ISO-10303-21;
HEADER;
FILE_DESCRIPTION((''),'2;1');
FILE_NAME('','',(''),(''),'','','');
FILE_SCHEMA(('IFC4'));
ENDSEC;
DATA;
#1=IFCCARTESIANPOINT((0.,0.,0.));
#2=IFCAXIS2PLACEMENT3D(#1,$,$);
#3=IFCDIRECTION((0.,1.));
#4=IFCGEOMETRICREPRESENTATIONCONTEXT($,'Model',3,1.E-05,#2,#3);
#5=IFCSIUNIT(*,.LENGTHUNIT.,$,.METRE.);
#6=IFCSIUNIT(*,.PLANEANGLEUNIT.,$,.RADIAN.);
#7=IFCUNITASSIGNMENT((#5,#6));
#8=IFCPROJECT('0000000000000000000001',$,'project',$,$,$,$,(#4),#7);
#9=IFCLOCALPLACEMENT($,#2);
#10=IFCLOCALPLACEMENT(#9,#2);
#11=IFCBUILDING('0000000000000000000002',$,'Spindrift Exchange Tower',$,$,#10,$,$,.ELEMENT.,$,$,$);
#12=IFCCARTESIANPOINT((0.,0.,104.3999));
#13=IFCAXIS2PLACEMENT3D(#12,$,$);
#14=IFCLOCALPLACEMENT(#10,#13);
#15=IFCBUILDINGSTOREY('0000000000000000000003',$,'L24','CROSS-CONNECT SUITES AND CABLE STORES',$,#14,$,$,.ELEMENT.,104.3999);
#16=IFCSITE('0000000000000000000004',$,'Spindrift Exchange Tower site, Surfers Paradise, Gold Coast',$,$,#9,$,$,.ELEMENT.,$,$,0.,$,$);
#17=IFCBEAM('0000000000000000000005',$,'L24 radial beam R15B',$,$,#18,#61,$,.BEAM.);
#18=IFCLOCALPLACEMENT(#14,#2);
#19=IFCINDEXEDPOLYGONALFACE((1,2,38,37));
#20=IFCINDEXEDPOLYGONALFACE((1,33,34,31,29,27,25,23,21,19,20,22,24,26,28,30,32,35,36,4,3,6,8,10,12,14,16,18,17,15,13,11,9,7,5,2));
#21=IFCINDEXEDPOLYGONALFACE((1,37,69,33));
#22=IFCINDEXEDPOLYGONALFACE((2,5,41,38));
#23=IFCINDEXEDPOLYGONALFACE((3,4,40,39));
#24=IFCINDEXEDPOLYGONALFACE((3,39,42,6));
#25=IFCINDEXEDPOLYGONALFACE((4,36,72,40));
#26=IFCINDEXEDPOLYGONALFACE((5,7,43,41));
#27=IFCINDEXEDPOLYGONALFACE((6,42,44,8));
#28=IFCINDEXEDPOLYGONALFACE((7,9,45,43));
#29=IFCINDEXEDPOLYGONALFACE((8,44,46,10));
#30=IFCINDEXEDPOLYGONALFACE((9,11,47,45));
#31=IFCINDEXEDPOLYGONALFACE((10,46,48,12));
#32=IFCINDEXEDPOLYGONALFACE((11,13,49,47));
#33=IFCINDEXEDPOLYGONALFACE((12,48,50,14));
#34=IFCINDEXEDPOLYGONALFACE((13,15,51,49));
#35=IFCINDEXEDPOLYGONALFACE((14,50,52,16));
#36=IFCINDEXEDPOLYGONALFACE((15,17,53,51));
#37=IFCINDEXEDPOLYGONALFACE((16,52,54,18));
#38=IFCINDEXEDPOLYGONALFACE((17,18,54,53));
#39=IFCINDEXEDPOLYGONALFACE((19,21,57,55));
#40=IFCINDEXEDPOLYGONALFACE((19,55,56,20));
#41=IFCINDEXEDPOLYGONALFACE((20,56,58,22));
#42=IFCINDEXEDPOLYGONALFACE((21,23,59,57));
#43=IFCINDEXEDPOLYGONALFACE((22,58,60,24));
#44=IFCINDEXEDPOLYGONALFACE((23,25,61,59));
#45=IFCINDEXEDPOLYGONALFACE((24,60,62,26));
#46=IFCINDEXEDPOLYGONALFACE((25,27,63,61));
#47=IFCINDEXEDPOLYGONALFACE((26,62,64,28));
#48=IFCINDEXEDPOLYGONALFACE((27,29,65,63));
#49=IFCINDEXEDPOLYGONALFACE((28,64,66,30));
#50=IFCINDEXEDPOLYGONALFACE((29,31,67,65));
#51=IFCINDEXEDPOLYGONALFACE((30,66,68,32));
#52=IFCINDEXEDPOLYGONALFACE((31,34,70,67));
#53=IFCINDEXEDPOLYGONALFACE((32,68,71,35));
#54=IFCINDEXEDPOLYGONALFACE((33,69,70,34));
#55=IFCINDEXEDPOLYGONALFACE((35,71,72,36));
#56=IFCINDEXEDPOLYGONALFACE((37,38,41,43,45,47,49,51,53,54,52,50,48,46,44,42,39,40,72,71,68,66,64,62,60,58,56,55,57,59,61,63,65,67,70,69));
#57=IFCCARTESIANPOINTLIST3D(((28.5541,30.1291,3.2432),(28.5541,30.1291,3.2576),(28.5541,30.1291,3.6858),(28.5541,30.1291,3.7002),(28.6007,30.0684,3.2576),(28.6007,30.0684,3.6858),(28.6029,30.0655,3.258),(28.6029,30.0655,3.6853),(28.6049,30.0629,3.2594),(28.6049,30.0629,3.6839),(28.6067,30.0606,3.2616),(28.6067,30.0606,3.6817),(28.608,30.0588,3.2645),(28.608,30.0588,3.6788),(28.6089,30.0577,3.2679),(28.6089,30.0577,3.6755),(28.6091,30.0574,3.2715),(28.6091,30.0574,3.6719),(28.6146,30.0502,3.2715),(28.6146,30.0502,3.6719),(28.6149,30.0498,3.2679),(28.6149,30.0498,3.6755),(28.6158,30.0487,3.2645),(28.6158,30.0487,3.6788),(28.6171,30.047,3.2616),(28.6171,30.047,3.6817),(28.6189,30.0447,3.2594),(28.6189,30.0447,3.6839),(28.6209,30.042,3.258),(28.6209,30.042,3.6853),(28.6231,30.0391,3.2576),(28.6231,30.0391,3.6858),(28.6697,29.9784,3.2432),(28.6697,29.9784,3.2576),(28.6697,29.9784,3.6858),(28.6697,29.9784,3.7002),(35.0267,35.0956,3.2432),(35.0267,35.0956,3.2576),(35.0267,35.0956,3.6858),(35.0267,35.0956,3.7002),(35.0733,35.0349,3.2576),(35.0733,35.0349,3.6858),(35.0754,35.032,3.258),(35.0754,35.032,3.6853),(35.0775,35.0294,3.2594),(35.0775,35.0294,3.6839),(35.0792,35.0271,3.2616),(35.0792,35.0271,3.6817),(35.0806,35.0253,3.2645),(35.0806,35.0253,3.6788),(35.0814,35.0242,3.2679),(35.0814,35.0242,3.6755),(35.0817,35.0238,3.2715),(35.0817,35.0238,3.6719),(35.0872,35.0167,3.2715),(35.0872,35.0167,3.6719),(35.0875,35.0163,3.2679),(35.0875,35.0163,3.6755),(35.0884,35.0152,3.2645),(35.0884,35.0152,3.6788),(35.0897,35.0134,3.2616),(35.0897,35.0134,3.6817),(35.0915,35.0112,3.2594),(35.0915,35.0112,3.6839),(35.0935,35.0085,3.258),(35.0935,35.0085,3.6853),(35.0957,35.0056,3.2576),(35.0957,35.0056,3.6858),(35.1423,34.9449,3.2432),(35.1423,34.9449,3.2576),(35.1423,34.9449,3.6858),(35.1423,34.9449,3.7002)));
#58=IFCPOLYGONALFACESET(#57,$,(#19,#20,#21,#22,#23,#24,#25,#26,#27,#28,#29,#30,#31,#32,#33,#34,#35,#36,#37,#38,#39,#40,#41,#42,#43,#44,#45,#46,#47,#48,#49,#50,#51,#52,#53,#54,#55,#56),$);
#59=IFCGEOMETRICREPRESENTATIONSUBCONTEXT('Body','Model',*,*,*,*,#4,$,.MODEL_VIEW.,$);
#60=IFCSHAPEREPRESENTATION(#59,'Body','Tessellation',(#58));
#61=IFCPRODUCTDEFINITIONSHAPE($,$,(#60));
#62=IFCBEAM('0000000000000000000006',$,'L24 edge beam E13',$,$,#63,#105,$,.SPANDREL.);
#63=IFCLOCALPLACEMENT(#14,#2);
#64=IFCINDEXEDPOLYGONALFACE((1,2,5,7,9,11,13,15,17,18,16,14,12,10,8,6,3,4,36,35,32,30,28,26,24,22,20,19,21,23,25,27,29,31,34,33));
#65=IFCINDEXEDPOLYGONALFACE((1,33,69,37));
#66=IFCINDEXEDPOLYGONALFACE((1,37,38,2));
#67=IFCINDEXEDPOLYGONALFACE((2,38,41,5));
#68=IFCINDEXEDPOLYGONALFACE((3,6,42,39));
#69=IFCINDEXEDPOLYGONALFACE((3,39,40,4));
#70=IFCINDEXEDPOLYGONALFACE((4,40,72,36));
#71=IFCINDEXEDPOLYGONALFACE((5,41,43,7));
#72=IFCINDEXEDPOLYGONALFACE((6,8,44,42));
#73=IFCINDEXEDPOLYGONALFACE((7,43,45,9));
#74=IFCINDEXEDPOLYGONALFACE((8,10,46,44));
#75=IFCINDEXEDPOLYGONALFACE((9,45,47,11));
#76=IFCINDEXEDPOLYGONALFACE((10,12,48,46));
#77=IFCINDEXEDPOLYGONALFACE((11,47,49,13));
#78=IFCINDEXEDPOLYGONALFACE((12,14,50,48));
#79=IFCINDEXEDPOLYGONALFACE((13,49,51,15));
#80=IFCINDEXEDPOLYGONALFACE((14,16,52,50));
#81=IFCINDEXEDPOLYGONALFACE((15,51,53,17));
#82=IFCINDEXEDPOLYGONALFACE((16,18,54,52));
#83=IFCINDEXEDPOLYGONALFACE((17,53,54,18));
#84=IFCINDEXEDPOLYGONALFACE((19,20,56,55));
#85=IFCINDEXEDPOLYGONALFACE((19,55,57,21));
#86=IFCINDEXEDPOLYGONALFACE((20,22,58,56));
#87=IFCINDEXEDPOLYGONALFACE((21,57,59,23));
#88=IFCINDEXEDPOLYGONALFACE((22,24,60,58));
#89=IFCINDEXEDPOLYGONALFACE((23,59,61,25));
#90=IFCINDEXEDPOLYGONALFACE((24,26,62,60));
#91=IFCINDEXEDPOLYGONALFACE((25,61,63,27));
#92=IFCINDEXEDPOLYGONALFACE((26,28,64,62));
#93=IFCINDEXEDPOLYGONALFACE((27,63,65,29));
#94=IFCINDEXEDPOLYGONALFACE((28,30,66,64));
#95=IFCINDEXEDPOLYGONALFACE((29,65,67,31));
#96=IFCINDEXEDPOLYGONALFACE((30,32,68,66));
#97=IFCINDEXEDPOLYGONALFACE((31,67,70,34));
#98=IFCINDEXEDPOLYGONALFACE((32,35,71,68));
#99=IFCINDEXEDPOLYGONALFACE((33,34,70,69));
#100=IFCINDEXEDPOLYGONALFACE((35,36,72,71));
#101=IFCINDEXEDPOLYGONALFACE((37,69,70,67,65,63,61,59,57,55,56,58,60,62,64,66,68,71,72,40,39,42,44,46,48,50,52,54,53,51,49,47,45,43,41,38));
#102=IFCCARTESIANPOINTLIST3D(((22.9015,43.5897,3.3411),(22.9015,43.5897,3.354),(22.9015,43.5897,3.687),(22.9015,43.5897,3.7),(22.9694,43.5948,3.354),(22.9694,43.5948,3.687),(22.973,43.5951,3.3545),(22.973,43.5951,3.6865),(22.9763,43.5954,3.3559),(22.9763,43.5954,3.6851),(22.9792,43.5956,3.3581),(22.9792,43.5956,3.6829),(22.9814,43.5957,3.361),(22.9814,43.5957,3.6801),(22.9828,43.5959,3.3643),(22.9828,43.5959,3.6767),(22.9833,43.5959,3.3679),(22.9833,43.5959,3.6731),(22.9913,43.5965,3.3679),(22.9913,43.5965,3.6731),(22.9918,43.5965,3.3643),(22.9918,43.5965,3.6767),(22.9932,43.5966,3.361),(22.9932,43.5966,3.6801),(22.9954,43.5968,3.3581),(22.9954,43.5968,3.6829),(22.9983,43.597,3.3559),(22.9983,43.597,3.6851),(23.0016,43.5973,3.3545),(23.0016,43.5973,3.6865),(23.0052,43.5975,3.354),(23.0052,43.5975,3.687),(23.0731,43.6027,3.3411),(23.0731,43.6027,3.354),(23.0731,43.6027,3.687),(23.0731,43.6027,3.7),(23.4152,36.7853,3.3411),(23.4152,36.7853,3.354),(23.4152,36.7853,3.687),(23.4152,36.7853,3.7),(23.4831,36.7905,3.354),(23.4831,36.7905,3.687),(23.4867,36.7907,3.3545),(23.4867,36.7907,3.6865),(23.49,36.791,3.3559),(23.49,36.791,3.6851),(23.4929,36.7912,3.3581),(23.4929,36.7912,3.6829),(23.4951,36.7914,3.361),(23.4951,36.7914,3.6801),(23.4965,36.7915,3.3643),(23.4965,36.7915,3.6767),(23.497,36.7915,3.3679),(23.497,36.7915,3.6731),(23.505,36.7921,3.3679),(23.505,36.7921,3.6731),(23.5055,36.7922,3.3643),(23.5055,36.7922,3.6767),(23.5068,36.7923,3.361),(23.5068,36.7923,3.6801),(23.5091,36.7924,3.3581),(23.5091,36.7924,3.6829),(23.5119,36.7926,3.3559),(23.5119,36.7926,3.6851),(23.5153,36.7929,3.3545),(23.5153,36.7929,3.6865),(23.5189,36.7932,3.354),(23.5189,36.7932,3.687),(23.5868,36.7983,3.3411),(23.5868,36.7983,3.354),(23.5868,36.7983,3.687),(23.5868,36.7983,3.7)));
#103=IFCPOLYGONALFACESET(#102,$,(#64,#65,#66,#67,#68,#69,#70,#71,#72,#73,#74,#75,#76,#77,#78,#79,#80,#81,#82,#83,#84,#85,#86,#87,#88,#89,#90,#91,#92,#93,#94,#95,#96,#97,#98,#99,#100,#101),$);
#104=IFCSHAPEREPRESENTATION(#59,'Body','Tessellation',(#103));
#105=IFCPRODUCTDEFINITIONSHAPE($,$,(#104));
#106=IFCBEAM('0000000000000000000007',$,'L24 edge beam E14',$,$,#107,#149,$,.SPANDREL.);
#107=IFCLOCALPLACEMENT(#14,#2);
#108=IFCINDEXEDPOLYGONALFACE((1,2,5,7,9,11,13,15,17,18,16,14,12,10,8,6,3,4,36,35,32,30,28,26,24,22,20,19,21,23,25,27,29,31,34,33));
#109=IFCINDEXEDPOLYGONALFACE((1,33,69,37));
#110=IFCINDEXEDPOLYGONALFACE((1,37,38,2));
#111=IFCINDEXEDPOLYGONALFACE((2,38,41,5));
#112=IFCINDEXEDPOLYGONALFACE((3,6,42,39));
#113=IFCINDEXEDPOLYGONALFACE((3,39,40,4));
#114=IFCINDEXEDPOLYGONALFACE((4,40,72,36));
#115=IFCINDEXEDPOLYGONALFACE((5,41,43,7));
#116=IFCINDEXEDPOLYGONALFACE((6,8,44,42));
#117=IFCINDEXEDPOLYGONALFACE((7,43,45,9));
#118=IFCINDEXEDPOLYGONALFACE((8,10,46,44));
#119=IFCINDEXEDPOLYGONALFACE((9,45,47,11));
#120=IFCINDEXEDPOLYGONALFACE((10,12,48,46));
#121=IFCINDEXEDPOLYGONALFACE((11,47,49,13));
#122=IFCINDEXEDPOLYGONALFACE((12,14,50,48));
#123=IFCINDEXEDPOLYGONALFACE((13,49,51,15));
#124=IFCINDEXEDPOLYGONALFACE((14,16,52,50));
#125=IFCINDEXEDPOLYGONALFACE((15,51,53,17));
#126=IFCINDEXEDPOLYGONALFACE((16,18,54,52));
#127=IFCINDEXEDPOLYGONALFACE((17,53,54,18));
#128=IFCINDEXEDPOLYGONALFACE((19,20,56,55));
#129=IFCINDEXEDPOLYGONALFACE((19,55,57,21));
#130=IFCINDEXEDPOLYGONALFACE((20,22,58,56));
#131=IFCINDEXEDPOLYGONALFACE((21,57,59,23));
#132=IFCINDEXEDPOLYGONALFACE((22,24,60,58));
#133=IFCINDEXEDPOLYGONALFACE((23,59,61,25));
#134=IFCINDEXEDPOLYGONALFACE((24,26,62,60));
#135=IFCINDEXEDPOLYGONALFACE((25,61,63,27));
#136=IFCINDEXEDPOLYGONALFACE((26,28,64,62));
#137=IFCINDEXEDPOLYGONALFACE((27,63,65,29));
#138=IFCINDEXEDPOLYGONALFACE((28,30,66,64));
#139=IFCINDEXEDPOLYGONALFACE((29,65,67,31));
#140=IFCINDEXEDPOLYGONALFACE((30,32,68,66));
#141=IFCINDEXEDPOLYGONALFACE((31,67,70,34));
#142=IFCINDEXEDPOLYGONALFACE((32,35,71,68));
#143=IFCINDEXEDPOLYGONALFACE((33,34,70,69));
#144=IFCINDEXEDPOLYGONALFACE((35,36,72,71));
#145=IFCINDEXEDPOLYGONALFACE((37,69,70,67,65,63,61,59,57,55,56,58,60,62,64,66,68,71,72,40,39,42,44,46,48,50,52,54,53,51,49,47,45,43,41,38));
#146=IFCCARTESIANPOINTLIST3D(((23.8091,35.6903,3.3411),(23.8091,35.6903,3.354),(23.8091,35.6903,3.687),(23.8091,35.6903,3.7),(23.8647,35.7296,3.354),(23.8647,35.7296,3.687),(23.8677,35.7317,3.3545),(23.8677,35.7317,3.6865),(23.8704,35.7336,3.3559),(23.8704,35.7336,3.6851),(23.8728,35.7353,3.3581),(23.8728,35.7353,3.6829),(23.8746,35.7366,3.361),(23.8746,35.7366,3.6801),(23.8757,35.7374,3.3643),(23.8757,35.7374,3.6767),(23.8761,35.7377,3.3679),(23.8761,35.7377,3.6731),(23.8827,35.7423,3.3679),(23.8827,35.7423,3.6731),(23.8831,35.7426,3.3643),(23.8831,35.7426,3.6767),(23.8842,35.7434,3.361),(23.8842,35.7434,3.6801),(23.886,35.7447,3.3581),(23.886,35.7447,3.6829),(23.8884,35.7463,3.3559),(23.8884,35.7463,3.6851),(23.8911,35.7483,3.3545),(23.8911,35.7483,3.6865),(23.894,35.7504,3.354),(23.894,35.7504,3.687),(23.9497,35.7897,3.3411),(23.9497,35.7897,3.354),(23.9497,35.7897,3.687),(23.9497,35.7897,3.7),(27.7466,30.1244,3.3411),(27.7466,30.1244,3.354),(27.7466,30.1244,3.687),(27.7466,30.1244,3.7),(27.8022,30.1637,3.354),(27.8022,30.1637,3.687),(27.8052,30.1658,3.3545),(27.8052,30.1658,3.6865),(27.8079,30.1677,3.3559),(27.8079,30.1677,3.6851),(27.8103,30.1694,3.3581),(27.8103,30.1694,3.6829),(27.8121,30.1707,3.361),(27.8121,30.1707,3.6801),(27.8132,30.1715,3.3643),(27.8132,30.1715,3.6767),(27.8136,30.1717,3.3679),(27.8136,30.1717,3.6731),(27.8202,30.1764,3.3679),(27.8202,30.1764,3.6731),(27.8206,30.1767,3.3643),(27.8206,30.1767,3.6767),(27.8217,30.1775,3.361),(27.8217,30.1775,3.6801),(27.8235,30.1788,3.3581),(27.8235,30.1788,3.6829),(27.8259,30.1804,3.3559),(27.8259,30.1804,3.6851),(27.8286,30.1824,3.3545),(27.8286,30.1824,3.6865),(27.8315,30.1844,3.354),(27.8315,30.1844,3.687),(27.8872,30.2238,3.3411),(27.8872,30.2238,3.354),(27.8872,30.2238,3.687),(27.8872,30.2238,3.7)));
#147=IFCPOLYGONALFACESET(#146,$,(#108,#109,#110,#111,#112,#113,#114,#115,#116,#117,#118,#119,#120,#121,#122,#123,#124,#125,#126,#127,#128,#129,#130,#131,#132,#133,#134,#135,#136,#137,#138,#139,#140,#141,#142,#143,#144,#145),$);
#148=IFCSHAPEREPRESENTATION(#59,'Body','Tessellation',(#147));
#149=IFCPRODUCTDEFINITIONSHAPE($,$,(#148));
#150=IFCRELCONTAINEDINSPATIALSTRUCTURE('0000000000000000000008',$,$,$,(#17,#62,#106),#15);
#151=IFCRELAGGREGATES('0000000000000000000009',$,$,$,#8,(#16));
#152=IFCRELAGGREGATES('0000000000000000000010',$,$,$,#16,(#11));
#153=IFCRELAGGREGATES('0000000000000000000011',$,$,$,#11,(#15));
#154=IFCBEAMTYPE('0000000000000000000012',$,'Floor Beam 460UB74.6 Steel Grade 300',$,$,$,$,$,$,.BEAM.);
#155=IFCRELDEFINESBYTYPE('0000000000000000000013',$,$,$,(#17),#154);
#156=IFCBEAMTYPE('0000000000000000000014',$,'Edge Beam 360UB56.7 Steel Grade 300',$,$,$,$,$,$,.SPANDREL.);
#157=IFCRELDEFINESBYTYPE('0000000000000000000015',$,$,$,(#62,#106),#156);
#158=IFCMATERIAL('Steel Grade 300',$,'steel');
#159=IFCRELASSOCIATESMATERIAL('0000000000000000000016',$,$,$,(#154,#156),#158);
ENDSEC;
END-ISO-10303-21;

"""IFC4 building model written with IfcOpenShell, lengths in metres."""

from ifc_helpers import new_model, si_unit, direction, frame, origin, origin_2d, place, context, subcontext, project, spatial, i_section, extrude, source, transform, mapped, material, material_profile, profile_set, type_object, element, save


model = new_model("IFC4")

# Units and contexts
model_context = context("Model", 3, precision=1e-05, world=origin(), true_north=direction((0.0, 1.0)))
body_context = subcontext(model_context, "Body", "Model", "MODEL_VIEW")
ifc_project = project(units=[si_unit("LENGTHUNIT", "METRE"), si_unit("PLANEANGLEUNIT", "RADIAN")], contexts=[model_context])

# Site, building, storey
site_placement = place(None, origin())
site = spatial("IfcSite", under=ifc_project, at=site_placement, Name="Spindrift Exchange Tower site, Surfers Paradise, Gold Coast", CompositionType="ELEMENT", RefElevation=0.0)
building_placement = place(site_placement, origin())
building = spatial("IfcBuilding", under=site, at=building_placement, Name="Spindrift Exchange Tower", CompositionType="ELEMENT")
storey_placement = place(building_placement, frame((0.0, 0.0, 104.3999)))
storey = spatial("IfcBuildingStorey", under=building, at=storey_placement, Name="L24", Description="CROSS-CONNECT SUITES AND CABLE STORES", CompositionType="ELEMENT", Elevation=104.3999)

# Beams
ifc_material_1 = material(Name="Steel Grade 300", Category="steel")
ifc_material_profile_1 = material_profile(ifc_material_1, i_section(OverallWidth=0.1899, OverallDepth=0.457, WebThickness=0.009, FlangeThickness=0.0144, FilletRadius=0.0139, at=origin_2d()), Name="460UB74.6")
ifc_profile_set_1 = profile_set([ifc_material_profile_1], Name="Steel Grade 300")
beam_type_1 = type_object("IfcBeamType", Name="Floor Beam 460UB74.6 Steel Grade 300", PredefinedType="BEAM", material=ifc_profile_set_1)
shared_shape_1 = source(origin(), body_context, "Body", "SweptSolid", [
    extrude(i_section(OverallWidth=0.1899, OverallDepth=0.457, WebThickness=0.009, FlangeThickness=0.0144, FilletRadius=0.0139, at=origin_2d()), origin(), (0.0, 0.0, 1.0), 8.1584),
])
beam_1_placement = place(storey_placement, frame((35.0845, 35.0203, 3.4717), z_axis=(-0.793359, -0.608754, 0.0), x_axis=(0.608754, -0.793359, 0.0)))
element("IfcBeam", 1, at=beam_1_placement, inside=storey, type_object=beam_type_1, Name="L24 radial beam R15B", PredefinedType="BEAM", context=body_context, shape_type="MappedRepresentation", body=[
    mapped(shared_shape_1, transform((0.0, 0.0, 0.0), scale=1.0)),
])
ifc_material_profile_2 = material_profile(ifc_material_1, i_section(OverallWidth=0.1721, OverallDepth=0.3589, WebThickness=0.0081, FlangeThickness=0.0129, FilletRadius=0.0139, at=origin_2d()), Name="360UB56.7")
ifc_profile_set_2 = profile_set([ifc_material_profile_2], Name="Steel Grade 300")
beam_type_2 = type_object("IfcBeamType", Name="Edge Beam 360UB56.7 Steel Grade 300", PredefinedType="SPANDREL", material=ifc_profile_set_2)
shared_shape_2 = source(origin(), body_context, "Body", "SweptSolid", [
    extrude(i_section(OverallWidth=0.1721, OverallDepth=0.3589, WebThickness=0.0081, FlangeThickness=0.0129, FilletRadius=0.0139, at=origin_2d()), origin(), (0.0, 0.0, 1.0), 6.8237),
])
beam_2_placement = place(storey_placement, frame((22.9873, 43.5962, 3.5205), z_axis=(0.075276, -0.997163, 0.0), x_axis=(0.997163, 0.075276, 0.0)))
element("IfcBeam", 2, at=beam_2_placement, inside=storey, type_object=beam_type_2, Name="L24 edge beam E13", PredefinedType="SPANDREL", context=body_context, shape_type="MappedRepresentation", body=[
    mapped(shared_shape_2, transform((0.0, 0.0, 0.0), scale=1.0)),
])
shared_shape_3 = source(origin(), body_context, "Body", "SweptSolid", [
    extrude(i_section(OverallWidth=0.1721, OverallDepth=0.3589, WebThickness=0.0081, FlangeThickness=0.0129, FilletRadius=0.0139, at=origin_2d()), origin(), (0.0, 0.0, 1.0), 6.8179),
])
beam_3_placement = place(storey_placement, frame((23.8794, 35.74, 3.5205), z_axis=(0.577526, -0.816372, 0.0), x_axis=(0.816372, 0.577526, 0.0)))
element("IfcBeam", 3, at=beam_3_placement, inside=storey, type_object=beam_type_2, Name="L24 edge beam E14", PredefinedType="SPANDREL", context=body_context, shape_type="MappedRepresentation", body=[
    mapped(shared_shape_3, transform((0.0, 0.0, 0.0), scale=1.0)),
])

save(model, "model.ifc")
